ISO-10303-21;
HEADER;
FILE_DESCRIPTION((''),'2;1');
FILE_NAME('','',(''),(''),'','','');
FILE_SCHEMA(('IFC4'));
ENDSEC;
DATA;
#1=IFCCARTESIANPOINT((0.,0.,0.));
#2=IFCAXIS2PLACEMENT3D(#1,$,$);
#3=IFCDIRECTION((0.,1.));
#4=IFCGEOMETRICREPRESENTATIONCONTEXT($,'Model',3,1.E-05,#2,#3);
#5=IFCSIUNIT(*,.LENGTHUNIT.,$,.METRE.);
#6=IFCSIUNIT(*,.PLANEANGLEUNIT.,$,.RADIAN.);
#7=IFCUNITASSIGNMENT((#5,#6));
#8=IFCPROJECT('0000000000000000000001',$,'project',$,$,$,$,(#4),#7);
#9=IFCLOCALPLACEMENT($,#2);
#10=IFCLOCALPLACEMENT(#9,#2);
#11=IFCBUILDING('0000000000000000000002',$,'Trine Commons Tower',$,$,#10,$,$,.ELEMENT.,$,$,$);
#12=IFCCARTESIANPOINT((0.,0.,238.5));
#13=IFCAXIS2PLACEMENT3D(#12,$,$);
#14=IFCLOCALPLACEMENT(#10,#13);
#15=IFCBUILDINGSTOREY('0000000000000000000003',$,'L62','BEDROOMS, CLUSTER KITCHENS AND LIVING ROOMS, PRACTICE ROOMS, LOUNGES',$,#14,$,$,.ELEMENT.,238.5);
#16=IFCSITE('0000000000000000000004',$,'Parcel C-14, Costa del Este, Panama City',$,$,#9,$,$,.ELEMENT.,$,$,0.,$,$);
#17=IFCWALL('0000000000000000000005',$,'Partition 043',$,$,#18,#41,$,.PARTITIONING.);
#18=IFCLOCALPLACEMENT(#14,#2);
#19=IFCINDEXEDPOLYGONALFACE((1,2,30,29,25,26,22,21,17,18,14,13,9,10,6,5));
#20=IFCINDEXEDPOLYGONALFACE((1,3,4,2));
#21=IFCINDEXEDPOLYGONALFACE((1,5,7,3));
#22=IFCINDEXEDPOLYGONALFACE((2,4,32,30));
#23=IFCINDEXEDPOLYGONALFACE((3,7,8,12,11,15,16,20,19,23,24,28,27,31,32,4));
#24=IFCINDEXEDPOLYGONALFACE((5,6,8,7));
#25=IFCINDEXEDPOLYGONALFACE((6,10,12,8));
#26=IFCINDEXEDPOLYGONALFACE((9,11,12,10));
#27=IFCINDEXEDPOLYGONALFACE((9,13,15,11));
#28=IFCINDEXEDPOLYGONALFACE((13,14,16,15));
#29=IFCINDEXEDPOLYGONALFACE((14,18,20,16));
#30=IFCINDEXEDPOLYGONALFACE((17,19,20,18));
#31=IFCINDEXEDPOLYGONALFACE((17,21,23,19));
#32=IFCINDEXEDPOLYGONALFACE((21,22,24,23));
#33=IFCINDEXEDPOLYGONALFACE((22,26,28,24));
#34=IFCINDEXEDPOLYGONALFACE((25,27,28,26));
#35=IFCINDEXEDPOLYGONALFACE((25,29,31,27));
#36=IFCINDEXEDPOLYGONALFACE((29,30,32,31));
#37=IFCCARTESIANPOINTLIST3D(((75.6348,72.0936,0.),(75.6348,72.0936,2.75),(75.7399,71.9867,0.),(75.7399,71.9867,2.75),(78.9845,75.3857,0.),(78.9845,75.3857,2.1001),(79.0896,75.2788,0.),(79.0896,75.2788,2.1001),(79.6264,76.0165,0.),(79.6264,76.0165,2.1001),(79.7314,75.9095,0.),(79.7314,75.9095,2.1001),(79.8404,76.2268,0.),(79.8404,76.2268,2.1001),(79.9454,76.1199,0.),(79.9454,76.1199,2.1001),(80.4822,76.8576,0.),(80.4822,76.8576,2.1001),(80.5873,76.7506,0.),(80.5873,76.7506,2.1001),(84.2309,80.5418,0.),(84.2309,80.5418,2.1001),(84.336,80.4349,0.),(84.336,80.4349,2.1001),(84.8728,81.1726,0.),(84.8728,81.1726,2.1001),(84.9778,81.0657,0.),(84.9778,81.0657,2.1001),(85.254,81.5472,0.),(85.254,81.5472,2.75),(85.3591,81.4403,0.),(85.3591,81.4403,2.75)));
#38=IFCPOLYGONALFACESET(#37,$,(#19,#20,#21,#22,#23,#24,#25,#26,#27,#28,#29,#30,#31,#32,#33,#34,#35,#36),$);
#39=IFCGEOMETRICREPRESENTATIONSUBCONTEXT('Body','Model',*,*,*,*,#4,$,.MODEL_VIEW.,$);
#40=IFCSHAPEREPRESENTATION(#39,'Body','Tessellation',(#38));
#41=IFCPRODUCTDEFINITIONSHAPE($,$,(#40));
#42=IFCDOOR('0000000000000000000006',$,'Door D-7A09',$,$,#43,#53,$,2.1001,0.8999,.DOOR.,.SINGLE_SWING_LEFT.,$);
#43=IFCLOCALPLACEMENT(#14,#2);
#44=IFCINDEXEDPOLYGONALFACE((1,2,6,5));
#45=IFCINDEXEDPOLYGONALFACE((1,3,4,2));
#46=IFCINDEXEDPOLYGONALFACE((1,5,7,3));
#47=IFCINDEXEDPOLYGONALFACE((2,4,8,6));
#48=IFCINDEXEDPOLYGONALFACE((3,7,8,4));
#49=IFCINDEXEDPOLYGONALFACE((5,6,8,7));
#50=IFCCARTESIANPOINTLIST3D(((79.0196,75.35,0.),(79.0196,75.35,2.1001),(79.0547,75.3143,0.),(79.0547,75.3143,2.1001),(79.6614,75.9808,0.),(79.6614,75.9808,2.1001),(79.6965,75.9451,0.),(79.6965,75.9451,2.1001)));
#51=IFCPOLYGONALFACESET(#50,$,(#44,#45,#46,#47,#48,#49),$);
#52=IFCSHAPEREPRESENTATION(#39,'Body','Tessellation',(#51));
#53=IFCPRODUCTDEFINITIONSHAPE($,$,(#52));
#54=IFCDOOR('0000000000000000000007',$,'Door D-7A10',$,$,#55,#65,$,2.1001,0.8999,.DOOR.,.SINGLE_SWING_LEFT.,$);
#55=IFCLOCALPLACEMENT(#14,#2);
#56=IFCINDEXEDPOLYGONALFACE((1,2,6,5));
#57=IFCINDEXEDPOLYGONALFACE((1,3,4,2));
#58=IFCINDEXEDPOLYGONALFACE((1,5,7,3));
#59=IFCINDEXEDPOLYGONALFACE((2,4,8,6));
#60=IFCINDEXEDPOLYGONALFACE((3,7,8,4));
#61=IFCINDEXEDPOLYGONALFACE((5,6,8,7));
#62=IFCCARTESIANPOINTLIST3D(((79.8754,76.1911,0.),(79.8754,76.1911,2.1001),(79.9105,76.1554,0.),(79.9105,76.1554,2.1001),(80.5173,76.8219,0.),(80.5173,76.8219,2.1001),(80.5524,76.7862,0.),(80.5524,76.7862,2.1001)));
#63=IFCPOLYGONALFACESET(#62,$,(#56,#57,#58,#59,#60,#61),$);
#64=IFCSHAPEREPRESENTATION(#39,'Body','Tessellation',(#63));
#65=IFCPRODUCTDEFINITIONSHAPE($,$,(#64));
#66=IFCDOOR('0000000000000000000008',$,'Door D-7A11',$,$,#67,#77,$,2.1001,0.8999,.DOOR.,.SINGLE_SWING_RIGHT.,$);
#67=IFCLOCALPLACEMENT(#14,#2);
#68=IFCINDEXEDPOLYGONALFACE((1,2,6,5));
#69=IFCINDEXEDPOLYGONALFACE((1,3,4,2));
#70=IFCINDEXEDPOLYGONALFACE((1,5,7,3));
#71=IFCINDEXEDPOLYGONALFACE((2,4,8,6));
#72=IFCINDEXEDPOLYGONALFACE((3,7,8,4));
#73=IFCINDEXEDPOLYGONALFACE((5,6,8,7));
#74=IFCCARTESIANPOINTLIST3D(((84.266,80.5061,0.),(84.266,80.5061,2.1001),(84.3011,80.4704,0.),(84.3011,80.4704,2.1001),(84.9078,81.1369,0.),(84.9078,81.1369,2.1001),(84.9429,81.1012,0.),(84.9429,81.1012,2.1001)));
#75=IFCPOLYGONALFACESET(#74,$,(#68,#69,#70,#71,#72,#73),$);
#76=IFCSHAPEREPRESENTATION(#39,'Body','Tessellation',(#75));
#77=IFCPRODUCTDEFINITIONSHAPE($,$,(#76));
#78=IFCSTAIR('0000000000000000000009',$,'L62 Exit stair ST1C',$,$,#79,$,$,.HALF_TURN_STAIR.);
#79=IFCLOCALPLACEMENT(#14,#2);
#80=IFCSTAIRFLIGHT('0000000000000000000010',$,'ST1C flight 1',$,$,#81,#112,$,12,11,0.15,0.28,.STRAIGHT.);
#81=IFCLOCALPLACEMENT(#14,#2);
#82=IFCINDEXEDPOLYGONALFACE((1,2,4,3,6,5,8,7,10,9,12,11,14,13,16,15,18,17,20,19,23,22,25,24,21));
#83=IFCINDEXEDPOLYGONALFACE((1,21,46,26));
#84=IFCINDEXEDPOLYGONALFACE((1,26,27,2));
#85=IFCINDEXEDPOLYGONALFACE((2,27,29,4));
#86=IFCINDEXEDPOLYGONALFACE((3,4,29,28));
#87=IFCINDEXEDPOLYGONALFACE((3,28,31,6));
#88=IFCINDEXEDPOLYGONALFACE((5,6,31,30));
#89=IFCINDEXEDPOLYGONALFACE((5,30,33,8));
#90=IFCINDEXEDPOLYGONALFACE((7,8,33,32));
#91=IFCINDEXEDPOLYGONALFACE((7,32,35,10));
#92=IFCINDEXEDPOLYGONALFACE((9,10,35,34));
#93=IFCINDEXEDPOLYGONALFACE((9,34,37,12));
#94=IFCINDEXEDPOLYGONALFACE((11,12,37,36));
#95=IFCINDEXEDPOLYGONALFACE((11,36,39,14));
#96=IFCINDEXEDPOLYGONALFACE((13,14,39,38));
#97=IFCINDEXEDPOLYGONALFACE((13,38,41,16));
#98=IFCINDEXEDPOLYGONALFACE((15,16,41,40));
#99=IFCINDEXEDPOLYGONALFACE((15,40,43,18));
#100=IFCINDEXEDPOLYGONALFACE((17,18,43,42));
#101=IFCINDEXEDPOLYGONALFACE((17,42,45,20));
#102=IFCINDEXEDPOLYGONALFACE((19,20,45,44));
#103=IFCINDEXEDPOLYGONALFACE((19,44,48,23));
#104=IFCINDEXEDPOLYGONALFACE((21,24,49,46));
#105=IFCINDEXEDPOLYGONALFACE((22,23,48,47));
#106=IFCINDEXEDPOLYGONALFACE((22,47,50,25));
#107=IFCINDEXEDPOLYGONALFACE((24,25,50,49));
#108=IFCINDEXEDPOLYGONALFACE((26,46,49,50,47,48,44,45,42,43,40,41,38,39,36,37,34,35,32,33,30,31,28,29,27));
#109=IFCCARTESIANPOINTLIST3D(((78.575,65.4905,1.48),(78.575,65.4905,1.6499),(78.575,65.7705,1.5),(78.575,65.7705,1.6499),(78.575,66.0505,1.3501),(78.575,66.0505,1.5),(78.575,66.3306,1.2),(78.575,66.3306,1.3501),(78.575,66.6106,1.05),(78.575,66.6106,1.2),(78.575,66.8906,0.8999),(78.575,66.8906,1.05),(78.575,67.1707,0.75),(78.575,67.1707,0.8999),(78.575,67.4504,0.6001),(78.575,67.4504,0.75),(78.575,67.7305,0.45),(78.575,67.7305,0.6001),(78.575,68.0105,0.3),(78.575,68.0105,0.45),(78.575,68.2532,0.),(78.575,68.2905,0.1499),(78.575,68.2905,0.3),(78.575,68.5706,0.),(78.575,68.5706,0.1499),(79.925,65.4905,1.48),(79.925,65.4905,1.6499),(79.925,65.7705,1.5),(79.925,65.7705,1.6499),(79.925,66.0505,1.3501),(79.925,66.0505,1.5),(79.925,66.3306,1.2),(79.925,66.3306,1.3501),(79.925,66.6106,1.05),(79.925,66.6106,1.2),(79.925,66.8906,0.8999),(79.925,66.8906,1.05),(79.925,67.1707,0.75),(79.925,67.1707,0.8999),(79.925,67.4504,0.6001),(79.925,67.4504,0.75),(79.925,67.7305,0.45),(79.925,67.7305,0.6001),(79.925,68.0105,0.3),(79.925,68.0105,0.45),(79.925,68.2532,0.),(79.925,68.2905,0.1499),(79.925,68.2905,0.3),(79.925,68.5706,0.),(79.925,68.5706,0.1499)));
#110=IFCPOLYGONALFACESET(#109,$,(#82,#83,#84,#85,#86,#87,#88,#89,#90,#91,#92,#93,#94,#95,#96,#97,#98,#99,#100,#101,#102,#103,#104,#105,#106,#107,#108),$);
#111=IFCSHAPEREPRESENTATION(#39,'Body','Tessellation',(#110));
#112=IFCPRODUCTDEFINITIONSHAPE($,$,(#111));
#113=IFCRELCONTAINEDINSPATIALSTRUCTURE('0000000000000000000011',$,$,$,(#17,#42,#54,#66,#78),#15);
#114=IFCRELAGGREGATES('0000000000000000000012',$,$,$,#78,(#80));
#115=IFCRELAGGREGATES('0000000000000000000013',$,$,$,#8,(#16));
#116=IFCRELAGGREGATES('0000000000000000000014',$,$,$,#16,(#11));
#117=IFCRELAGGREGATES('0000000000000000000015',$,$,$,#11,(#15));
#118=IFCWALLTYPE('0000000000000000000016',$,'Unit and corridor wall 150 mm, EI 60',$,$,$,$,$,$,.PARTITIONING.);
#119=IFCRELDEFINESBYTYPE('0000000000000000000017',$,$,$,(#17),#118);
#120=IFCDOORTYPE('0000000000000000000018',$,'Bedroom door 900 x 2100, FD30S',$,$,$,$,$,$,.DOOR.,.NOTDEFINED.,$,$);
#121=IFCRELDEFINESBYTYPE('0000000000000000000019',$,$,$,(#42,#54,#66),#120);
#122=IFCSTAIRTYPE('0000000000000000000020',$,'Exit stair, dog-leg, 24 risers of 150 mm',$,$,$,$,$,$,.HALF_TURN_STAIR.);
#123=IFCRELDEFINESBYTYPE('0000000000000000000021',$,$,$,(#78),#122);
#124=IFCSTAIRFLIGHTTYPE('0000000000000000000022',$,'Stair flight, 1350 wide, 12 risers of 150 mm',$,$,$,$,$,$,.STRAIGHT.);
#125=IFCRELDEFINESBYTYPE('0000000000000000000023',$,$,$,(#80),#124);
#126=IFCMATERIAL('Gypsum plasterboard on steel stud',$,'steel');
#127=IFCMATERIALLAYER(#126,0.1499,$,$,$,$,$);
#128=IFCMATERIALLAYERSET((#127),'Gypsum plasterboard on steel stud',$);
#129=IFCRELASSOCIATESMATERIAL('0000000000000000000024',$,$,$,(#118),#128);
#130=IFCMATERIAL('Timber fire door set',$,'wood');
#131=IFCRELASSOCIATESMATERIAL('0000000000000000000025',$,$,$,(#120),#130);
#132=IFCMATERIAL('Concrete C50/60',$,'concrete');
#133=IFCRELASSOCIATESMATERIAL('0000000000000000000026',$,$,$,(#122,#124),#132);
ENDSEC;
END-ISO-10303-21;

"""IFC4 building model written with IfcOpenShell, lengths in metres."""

from ifc_helpers import new_model, si_unit, direction, frame, frame_2d, origin, place, context, subcontext, project, spatial, polyline, rectangle, outline, extrude, material, layer, layer_set, type_object, element, fill, aggregate, save


model = new_model("IFC4")

# Units and contexts
model_context = context("Model", 3, precision=1e-05, world=origin(), true_north=direction((0.0, 1.0)))
body_context = subcontext(model_context, "Body", "Model", "MODEL_VIEW")
ifc_project = project(units=[si_unit("LENGTHUNIT", "METRE"), si_unit("PLANEANGLEUNIT", "RADIAN")], contexts=[model_context])

# Site, building, storey
site_placement = place(None, origin())
site = spatial("IfcSite", under=ifc_project, at=site_placement, Name="Parcel C-14, Costa del Este, Panama City", CompositionType="ELEMENT", RefElevation=0.0)
building_placement = place(site_placement, origin())
building = spatial("IfcBuilding", under=site, at=building_placement, Name="Trine Commons Tower", CompositionType="ELEMENT")
storey_placement = place(building_placement, frame((0.0, 0.0, 238.5)))
storey = spatial("IfcBuildingStorey", under=building, at=storey_placement, Name="L62", Description="BEDROOMS, CLUSTER KITCHENS AND LIVING ROOMS, PRACTICE ROOMS, LOUNGES", CompositionType="ELEMENT", Elevation=238.5)

# Shared definitions
ifc_material_1 = material(Name="Concrete C50/60", Category="concrete")

# Shared definitions
ifc_material_2 = material(Name="Gypsum plasterboard on steel stud", Category="steel")
ifc_layer_1 = layer(ifc_material_2, 0.1499)
ifc_layer_set_1 = layer_set([ifc_layer_1], Name="Gypsum plasterboard on steel stud")
wall_type_1 = type_object("IfcWallType", Name="Unit and corridor wall 150 mm, EI 60", PredefinedType="PARTITIONING", material=ifc_layer_set_1)
ifc_material_3 = material(Name="Timber fire door set", Category="wood")
door_type_1 = type_object("IfcDoorType", Name="Bedroom door 900 x 2100, FD30S", OperationType="NOTDEFINED", PredefinedType="DOOR", material=ifc_material_3)

# Wall, openings, doors
wall_1_placement = place(storey_placement, frame((75.6873, 72.04, 0.0), z_axis=(0.0, 0.0, 1.0), x_axis=(0.713217, 0.700944, 0.0)))
wall_1 = element("IfcWall", 1, at=wall_1_placement, inside=storey, type_object=wall_type_1, Name="Partition 043", PredefinedType="PARTITIONING", context=body_context, shape_type="SweptSolid", body=[
    extrude(rectangle(XDim=13.4871, YDim=0.1499, at=frame_2d((6.7437, 0.0))), origin(), (0.0, 0.0, 1.0), 2.75),
])
opening_1_placement = place(wall_1_placement, frame((4.6968, 0.0, 0.0)))
opening_1 = element("IfcOpeningElement", 2, at=opening_1_placement, cuts=wall_1, PredefinedType="OPENING", context=body_context, shape_type="SweptSolid", body=[
    extrude(rectangle(XDim=0.8999, YDim=2.1001, at=frame_2d((0.45, 1.05))), frame((0.0, 0.085, 0.0), z_axis=(0.0, -1.0, 0.0), x_axis=(1.0, 0.0, 0.0)), (0.0, 0.0, 1.0), 0.1699),
])
opening_2_placement = place(wall_1_placement, frame((5.8967, 0.0, 0.0)))
opening_2 = element("IfcOpeningElement", 3, at=opening_2_placement, cuts=wall_1, PredefinedType="OPENING", context=body_context, shape_type="SweptSolid", body=[
    extrude(rectangle(XDim=0.8999, YDim=2.1001, at=frame_2d((0.45, 1.05))), frame((0.0, 0.085, 0.0), z_axis=(0.0, -1.0, 0.0), x_axis=(1.0, 0.0, 0.0)), (0.0, 0.0, 1.0), 0.1699),
])
opening_3_placement = place(wall_1_placement, frame((12.0527, 0.0, 0.0)))
opening_3 = element("IfcOpeningElement", 4, at=opening_3_placement, cuts=wall_1, PredefinedType="OPENING", context=body_context, shape_type="SweptSolid", body=[
    extrude(rectangle(XDim=0.8999, YDim=2.1001, at=frame_2d((0.45, 1.05))), frame((0.0, 0.085, 0.0), z_axis=(0.0, -1.0, 0.0), x_axis=(1.0, 0.0, 0.0)), (0.0, 0.0, 1.0), 0.1699),
])
door_1_placement = place(opening_1_placement, origin())
door_1 = element("IfcDoor", 5, at=door_1_placement, inside=storey, type_object=door_type_1, Name="Door D-7A09", OperationType="SINGLE_SWING_LEFT", OverallHeight=2.1001, OverallWidth=0.8999, PredefinedType="DOOR", context=body_context, shape_type="SweptSolid", body=[
    extrude(rectangle(XDim=0.8999, YDim=2.1001, at=frame_2d((0.45, 1.05))), frame((0.0, 0.0249, 0.0), z_axis=(0.0, -1.0, 0.0), x_axis=(1.0, 0.0, 0.0)), (0.0, 0.0, 1.0), 0.05),
])
fill(opening_1, door_1)
door_2_placement = place(opening_2_placement, origin())
door_2 = element("IfcDoor", 6, at=door_2_placement, inside=storey, type_object=door_type_1, Name="Door D-7A10", OperationType="SINGLE_SWING_LEFT", OverallHeight=2.1001, OverallWidth=0.8999, PredefinedType="DOOR", context=body_context, shape_type="SweptSolid", body=[
    extrude(rectangle(XDim=0.8999, YDim=2.1001, at=frame_2d((0.45, 1.05))), frame((0.0, 0.0249, 0.0), z_axis=(0.0, -1.0, 0.0), x_axis=(1.0, 0.0, 0.0)), (0.0, 0.0, 1.0), 0.05),
])
fill(opening_2, door_2)
door_3_placement = place(opening_3_placement, origin())
door_3 = element("IfcDoor", 7, at=door_3_placement, inside=storey, type_object=door_type_1, Name="Door D-7A11", OperationType="SINGLE_SWING_RIGHT", OverallHeight=2.1001, OverallWidth=0.8999, PredefinedType="DOOR", context=body_context, shape_type="SweptSolid", body=[
    extrude(rectangle(XDim=0.8999, YDim=2.1001, at=frame_2d((0.45, 1.05))), frame((0.0, 0.0249, 0.0), z_axis=(0.0, -1.0, 0.0), x_axis=(1.0, 0.0, 0.0)), (0.0, 0.0, 1.0), 0.05),
])
fill(opening_3, door_3)

# Stair, stair flight
stair_type = type_object("IfcStairType", Name="Exit stair, dog-leg, 24 risers of 150 mm", PredefinedType="HALF_TURN_STAIR", material=ifc_material_1)
stair_placement = place(storey_placement, origin())
stair = element("IfcStair", 8, at=stair_placement, inside=storey, type_object=stair_type, Name="L62 Exit stair ST1C", PredefinedType="HALF_TURN_STAIR")
stair_flight_type = type_object("IfcStairFlightType", Name="Stair flight, 1350 wide, 12 risers of 150 mm", PredefinedType="STRAIGHT", material=ifc_material_1)
stair_flight_placement = place(storey_placement, frame((79.25, 68.5706, 0.0), z_axis=(0.0, 0.0, 1.0), x_axis=(0.0, -1.0, 0.0)))
stair_flight = element("IfcStairFlight", 9, at=stair_flight_placement, type_object=stair_flight_type, Name="ST1C flight 1", NumberOfRisers=12, NumberOfTreads=11, PredefinedType="STRAIGHT", RiserHeight=0.15, TreadLength=0.28, context=body_context, shape_type="SweptSolid", body=[
    extrude(outline(polyline([(0.0, 0.0), (0.0, 0.1499), (0.28, 0.1499), (0.28, 0.3), (0.5601, 0.3), (0.5601, 0.45), (0.8401, 0.45), (0.8401, 0.6001), (1.1201, 0.6001), (1.1201, 0.75), (1.3999, 0.75), (1.3999, 0.8999), (1.6799, 0.8999), (1.6799, 1.05), (1.96, 1.05), (1.96, 1.2), (2.24, 1.2), (2.24, 1.3501), (2.52, 1.3501), (2.52, 1.5), (2.8, 1.5), (2.8, 1.6499), (3.0801, 1.6499), (3.0801, 1.8), (3.0801, 1.48), (0.3174, 0.0), (0.0, 0.0)])), frame((0.0, 0.675, 0.0), z_axis=(0.0, -1.0, 0.0), x_axis=(1.0, 0.0, 0.0)), (0.0, 0.0, 1.0), 1.3501),
])
aggregate(stair, [stair_flight])

save(model, "model.ifc")
